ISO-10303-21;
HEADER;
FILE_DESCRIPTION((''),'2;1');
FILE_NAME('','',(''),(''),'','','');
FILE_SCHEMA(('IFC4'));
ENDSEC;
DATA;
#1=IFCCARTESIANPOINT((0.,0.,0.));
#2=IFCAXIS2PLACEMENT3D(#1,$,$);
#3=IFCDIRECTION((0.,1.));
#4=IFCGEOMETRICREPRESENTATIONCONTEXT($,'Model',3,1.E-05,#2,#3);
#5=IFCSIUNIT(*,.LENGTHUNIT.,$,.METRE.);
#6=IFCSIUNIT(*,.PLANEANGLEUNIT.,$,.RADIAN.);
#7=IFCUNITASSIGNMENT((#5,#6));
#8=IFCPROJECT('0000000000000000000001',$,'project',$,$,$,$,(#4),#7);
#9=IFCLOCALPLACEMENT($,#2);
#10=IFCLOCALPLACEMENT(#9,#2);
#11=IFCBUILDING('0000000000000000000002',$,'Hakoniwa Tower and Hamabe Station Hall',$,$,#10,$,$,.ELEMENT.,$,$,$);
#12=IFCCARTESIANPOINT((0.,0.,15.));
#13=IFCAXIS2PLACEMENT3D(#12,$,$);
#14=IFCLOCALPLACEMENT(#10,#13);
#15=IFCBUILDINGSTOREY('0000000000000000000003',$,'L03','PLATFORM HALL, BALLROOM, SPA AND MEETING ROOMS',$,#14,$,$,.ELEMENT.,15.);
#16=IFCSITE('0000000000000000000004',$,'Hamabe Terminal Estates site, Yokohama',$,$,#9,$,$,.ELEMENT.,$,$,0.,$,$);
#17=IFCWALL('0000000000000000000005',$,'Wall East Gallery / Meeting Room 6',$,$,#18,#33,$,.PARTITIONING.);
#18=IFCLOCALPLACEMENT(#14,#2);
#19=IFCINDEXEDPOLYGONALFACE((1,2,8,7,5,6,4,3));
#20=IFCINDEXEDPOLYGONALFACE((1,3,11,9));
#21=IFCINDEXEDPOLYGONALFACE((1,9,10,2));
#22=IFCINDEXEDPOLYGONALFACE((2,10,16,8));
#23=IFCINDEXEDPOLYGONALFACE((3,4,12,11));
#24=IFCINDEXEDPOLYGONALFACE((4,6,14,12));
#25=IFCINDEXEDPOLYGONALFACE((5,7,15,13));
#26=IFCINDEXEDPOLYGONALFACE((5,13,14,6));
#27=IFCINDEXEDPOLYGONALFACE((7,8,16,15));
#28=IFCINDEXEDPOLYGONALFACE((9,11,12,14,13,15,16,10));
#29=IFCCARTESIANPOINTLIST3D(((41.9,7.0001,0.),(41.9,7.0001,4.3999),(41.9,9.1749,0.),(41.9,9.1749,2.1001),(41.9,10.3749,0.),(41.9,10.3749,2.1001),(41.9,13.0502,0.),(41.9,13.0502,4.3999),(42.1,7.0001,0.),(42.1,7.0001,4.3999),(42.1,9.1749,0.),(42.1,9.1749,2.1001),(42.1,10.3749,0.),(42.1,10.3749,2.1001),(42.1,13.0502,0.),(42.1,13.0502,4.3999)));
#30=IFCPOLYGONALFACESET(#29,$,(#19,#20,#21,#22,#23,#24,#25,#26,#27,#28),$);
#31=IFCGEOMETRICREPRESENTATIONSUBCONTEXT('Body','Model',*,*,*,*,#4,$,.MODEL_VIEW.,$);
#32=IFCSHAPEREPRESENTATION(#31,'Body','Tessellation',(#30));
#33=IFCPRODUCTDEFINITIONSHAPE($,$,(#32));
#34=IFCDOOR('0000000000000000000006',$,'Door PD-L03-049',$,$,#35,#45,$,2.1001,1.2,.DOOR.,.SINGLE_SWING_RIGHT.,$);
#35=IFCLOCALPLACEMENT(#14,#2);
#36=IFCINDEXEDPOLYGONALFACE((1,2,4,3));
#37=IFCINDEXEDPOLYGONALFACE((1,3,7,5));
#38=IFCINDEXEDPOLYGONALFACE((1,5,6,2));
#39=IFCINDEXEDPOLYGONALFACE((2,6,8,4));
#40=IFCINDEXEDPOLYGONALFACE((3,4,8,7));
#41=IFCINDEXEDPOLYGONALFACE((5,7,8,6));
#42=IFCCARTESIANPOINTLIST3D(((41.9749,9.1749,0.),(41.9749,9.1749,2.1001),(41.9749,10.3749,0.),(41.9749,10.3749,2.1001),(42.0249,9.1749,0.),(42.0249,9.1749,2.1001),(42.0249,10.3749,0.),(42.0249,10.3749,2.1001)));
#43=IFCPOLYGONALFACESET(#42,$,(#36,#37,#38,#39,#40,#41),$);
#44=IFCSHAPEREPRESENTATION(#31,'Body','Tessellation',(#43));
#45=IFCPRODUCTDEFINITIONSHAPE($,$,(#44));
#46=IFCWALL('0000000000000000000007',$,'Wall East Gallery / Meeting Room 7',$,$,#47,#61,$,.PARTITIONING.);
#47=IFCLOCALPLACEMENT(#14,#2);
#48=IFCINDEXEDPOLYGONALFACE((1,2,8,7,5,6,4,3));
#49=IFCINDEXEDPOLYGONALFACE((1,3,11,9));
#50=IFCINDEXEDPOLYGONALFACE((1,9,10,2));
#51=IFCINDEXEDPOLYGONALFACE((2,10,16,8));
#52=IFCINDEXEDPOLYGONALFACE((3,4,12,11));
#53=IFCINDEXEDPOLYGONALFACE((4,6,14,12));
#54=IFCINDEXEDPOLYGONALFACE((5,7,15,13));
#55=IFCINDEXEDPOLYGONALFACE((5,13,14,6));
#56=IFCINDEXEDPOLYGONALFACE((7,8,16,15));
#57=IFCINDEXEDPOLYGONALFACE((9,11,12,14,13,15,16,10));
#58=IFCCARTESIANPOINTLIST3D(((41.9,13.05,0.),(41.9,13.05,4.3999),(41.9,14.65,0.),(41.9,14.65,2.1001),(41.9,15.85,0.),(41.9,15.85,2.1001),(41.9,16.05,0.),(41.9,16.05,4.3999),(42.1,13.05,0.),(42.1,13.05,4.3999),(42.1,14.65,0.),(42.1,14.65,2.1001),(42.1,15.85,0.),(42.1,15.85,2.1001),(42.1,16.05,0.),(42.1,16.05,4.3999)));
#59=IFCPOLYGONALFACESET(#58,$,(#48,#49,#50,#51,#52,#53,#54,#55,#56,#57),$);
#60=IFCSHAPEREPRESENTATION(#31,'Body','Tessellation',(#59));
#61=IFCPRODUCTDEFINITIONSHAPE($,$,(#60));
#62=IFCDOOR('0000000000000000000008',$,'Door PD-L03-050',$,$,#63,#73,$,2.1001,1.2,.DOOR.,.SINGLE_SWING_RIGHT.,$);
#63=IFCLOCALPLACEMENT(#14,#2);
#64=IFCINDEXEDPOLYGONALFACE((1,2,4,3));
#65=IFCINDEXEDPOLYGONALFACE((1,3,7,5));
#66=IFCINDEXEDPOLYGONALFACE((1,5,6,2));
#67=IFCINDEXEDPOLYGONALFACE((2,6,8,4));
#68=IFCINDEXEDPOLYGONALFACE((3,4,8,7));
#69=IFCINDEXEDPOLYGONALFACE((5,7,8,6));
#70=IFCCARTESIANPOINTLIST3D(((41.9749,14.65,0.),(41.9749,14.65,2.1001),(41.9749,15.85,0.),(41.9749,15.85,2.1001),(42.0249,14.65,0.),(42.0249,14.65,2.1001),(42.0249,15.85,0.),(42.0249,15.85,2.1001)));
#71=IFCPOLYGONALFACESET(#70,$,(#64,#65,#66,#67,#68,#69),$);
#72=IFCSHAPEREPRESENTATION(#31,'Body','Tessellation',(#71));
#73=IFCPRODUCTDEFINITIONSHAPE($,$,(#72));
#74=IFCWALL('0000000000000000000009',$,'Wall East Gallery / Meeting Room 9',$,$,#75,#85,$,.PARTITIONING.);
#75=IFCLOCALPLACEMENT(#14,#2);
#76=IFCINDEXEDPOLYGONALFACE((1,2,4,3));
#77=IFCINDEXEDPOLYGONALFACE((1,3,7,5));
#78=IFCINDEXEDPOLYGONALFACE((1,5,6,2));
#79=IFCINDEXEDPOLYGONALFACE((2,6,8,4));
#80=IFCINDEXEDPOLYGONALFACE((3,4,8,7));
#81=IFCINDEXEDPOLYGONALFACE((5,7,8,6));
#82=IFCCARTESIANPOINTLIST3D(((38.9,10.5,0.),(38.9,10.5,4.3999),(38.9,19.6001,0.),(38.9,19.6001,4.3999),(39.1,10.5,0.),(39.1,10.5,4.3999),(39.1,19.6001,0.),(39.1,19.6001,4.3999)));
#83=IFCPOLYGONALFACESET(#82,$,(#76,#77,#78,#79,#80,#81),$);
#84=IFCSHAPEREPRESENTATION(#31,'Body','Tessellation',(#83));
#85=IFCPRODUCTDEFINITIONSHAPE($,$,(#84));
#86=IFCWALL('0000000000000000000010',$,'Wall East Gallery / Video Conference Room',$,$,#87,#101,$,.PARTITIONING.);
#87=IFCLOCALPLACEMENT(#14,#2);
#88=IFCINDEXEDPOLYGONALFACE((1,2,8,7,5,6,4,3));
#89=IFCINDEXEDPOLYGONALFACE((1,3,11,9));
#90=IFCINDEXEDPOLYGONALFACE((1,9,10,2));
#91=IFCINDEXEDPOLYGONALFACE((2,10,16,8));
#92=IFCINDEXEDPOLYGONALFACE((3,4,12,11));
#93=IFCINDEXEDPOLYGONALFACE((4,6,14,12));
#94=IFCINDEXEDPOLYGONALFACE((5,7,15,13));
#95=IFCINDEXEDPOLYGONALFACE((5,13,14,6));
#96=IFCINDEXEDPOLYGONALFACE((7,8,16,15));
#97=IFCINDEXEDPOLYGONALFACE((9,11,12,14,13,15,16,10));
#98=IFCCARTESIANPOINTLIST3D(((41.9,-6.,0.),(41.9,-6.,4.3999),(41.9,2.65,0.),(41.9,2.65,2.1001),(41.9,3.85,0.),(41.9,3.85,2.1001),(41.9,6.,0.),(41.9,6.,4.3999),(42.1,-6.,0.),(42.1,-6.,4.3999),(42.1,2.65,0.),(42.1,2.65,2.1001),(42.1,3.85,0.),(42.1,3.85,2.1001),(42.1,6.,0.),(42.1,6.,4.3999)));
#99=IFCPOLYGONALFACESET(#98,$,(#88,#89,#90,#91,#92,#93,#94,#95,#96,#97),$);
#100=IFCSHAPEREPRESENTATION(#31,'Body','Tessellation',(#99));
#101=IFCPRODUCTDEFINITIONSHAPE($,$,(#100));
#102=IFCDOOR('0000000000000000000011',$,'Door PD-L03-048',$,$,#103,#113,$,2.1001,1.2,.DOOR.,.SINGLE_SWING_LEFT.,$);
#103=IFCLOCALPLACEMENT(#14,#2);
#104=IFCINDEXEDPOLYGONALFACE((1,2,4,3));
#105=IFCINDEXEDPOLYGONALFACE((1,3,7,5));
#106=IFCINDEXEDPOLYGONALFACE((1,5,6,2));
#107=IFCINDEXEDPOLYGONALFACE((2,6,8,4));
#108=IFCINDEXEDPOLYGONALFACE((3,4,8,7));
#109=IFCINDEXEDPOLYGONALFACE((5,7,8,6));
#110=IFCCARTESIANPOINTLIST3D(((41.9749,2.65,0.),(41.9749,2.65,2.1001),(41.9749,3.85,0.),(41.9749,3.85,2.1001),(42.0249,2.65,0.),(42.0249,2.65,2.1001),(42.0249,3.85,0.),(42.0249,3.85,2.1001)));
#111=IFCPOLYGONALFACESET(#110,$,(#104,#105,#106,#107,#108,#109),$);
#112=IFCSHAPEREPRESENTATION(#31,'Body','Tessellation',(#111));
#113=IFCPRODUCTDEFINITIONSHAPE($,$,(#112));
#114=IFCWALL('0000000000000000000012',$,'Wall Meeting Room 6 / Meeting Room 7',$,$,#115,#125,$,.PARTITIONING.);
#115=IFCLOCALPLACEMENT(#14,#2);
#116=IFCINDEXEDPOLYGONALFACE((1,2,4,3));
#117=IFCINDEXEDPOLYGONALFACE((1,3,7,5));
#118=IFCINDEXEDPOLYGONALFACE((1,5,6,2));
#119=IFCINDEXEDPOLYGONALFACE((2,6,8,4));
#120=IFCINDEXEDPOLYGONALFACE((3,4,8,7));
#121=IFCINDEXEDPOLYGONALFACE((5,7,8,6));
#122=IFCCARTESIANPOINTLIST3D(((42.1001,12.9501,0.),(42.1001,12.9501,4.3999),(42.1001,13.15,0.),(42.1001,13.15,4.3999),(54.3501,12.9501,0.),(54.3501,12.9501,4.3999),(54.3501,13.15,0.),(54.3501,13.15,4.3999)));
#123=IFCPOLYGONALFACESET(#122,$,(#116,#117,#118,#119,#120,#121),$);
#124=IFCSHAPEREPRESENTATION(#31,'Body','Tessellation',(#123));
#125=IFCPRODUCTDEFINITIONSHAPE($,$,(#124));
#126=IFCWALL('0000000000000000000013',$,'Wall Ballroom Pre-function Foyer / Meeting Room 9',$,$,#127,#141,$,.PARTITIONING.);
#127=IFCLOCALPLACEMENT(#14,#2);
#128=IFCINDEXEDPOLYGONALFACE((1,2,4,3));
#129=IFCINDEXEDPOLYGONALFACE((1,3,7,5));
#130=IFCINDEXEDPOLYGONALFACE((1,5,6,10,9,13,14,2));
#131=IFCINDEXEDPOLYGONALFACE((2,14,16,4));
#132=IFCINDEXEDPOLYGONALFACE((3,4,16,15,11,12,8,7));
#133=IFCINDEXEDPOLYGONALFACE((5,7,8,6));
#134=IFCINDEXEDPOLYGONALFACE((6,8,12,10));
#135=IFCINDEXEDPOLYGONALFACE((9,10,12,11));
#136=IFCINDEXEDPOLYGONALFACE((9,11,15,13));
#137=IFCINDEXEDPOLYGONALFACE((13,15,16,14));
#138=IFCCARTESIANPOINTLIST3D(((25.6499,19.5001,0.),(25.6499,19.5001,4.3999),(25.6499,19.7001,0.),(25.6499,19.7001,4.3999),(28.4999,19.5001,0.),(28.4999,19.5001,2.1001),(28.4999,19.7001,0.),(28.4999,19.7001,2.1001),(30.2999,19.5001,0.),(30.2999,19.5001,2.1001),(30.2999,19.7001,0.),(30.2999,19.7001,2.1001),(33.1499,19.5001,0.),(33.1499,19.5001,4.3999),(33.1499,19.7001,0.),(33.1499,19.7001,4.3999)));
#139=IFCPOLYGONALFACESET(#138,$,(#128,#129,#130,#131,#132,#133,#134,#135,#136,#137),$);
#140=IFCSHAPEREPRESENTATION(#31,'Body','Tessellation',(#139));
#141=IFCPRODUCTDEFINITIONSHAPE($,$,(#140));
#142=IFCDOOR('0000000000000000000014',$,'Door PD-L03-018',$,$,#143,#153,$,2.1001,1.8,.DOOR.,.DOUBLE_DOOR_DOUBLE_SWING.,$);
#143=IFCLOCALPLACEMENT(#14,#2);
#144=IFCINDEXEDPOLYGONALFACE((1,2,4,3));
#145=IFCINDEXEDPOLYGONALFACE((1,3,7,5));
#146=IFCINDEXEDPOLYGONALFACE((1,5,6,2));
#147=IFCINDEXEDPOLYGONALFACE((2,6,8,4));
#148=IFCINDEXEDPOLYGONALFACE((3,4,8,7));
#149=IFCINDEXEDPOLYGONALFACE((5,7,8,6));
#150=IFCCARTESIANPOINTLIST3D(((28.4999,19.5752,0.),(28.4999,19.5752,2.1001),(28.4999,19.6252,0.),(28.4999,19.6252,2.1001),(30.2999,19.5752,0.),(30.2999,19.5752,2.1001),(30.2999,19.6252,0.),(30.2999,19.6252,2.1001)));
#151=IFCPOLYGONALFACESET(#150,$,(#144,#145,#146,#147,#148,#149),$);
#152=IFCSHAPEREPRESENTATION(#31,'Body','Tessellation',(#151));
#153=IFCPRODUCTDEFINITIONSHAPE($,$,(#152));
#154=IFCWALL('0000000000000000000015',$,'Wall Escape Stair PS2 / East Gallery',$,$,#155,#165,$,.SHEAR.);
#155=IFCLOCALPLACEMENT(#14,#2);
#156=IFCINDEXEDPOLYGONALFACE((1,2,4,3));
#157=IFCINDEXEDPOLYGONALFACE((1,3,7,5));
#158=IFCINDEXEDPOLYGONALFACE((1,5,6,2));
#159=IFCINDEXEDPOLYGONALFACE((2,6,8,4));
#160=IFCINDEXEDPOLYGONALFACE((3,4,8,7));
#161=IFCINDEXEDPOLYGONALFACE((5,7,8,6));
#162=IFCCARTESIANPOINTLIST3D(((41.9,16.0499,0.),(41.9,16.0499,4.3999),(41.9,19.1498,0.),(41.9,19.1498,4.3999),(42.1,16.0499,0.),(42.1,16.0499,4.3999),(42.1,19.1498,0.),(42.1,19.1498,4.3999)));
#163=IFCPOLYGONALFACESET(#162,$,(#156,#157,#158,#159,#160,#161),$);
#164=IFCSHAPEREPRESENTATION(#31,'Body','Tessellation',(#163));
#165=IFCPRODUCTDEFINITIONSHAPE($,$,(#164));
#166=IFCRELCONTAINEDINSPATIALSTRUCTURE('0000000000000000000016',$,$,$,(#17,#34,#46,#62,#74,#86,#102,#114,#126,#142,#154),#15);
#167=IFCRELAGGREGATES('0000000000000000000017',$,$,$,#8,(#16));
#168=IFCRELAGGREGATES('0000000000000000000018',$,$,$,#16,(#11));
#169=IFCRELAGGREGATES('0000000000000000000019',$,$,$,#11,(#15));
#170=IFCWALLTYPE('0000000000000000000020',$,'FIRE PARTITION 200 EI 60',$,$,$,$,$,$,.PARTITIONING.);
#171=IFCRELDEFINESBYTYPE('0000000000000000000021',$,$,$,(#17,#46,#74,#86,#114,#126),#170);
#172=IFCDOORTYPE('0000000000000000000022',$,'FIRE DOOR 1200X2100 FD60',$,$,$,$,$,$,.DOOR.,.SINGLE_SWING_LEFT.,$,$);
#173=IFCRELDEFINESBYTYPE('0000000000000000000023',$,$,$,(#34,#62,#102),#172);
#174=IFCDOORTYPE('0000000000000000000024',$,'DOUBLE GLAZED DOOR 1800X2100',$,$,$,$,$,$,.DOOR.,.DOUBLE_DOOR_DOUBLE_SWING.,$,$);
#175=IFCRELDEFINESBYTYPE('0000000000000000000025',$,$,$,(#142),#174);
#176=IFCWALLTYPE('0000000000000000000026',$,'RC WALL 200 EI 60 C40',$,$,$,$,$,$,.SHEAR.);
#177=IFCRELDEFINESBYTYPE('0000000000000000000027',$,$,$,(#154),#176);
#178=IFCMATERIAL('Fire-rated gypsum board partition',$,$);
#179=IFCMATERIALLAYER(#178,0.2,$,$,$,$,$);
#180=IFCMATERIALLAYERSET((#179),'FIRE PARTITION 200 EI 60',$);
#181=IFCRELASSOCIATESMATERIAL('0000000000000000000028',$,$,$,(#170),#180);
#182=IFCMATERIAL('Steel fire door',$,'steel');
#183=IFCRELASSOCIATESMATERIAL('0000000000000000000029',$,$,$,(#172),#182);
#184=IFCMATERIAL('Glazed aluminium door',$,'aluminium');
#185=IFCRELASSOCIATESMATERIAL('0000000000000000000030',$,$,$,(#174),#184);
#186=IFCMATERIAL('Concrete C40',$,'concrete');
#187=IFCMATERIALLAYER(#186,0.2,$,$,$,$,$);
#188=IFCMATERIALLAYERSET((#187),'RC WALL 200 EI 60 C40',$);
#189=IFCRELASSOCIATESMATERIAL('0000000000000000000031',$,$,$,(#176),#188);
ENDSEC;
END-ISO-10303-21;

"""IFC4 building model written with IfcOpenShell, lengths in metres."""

from ifc_helpers import new_model, si_unit, direction, frame, frame_2d, origin, place, context, subcontext, project, spatial, rectangle, extrude, material, layer, layer_set, type_object, element, fill, save


model = new_model("IFC4")

# Units and contexts
model_context = context("Model", 3, precision=1e-05, world=origin(), true_north=direction((0.0, 1.0)))
body_context = subcontext(model_context, "Body", "Model", "MODEL_VIEW")
ifc_project = project(units=[si_unit("LENGTHUNIT", "METRE"), si_unit("PLANEANGLEUNIT", "RADIAN")], contexts=[model_context])

# Site, building, storey
site_placement = place(None, origin())
site = spatial("IfcSite", under=ifc_project, at=site_placement, Name="Hamabe Terminal Estates site, Yokohama", CompositionType="ELEMENT", RefElevation=0.0)
building_placement = place(site_placement, origin())
building = spatial("IfcBuilding", under=site, at=building_placement, Name="Hakoniwa Tower and Hamabe Station Hall", CompositionType="ELEMENT")
storey_placement = place(building_placement, frame((0.0, 0.0, 15.0)))
storey = spatial("IfcBuildingStorey", under=building, at=storey_placement, Name="L03", Description="PLATFORM HALL, BALLROOM, SPA AND MEETING ROOMS", CompositionType="ELEMENT", Elevation=15.0)

# Walls, openings, doors
ifc_material_1 = material(Name="Fire-rated gypsum board partition")
ifc_layer_1 = layer(ifc_material_1, 0.2)
ifc_layer_set_1 = layer_set([ifc_layer_1], Name="FIRE PARTITION 200 EI 60")
wall_type_1 = type_object("IfcWallType", Name="FIRE PARTITION 200 EI 60", PredefinedType="PARTITIONING", material=ifc_layer_set_1)
wall_1_placement = place(storey_placement, frame((42.0, 13.05, 0.0), z_axis=(0.0, 0.0, 1.0), x_axis=(0.0, -1.0, 0.0)))
wall_1 = element("IfcWall", 1, at=wall_1_placement, inside=storey, type_object=wall_type_1, Name="Wall East Gallery / Meeting Room 6", PredefinedType="PARTITIONING", context=body_context, shape_type="SweptSolid", body=[
    extrude(rectangle(XDim=6.05, YDim=0.2, at=frame_2d((3.0249, 0.0))), origin(), (0.0, 0.0, 1.0), 4.3999),
])
opening_1_placement = place(wall_1_placement, frame((2.675, 0.0, 0.0)))
opening_1 = element("IfcOpeningElement", 2, at=opening_1_placement, cuts=wall_1, PredefinedType="OPENING", context=body_context, shape_type="SweptSolid", body=[
    extrude(rectangle(XDim=1.2, YDim=2.1001, at=frame_2d((0.6001, 1.05))), frame((0.0, 0.1099, 0.0), z_axis=(0.0, -1.0, 0.0), x_axis=(1.0, 0.0, 0.0)), (0.0, 0.0, 1.0), 0.22),
])
ifc_material_2 = material(Name="Steel fire door", Category="steel")
door_type_1 = type_object("IfcDoorType", Name="FIRE DOOR 1200X2100 FD60", OperationType="SINGLE_SWING_LEFT", PredefinedType="DOOR", material=ifc_material_2)
door_1_placement = place(opening_1_placement, origin())
door_1 = element("IfcDoor", 3, at=door_1_placement, inside=storey, type_object=door_type_1, Name="Door PD-L03-049", OperationType="SINGLE_SWING_RIGHT", OverallHeight=2.1001, OverallWidth=1.2, PredefinedType="DOOR", context=body_context, shape_type="SweptSolid", body=[
    extrude(rectangle(XDim=1.2, YDim=2.1001, at=frame_2d((0.6001, 1.05))), frame((0.0, 0.0249, 0.0), z_axis=(0.0, -1.0, 0.0), x_axis=(1.0, 0.0, 0.0)), (0.0, 0.0, 1.0), 0.05),
])
fill(opening_1, door_1)
wall_2_placement = place(storey_placement, frame((42.0, 16.05, 0.0), z_axis=(0.0, 0.0, 1.0), x_axis=(0.0, -1.0, 0.0)))
wall_2 = element("IfcWall", 4, at=wall_2_placement, inside=storey, type_object=wall_type_1, Name="Wall East Gallery / Meeting Room 7", PredefinedType="PARTITIONING", context=body_context, shape_type="SweptSolid", body=[
    extrude(rectangle(XDim=3.0, YDim=0.2, at=frame_2d((1.5, 0.0))), origin(), (0.0, 0.0, 1.0), 4.3999),
])
opening_2_placement = place(wall_2_placement, frame((0.2, 0.0, 0.0)))
opening_2 = element("IfcOpeningElement", 5, at=opening_2_placement, cuts=wall_2, PredefinedType="OPENING", context=body_context, shape_type="SweptSolid", body=[
    extrude(rectangle(XDim=1.2, YDim=2.1001, at=frame_2d((0.6001, 1.05))), frame((0.0, 0.1099, 0.0), z_axis=(0.0, -1.0, 0.0), x_axis=(1.0, 0.0, 0.0)), (0.0, 0.0, 1.0), 0.22),
])
door_2_placement = place(opening_2_placement, origin())
door_2 = element("IfcDoor", 6, at=door_2_placement, inside=storey, type_object=door_type_1, Name="Door PD-L03-050", OperationType="SINGLE_SWING_RIGHT", OverallHeight=2.1001, OverallWidth=1.2, PredefinedType="DOOR", context=body_context, shape_type="SweptSolid", body=[
    extrude(rectangle(XDim=1.2, YDim=2.1001, at=frame_2d((0.6001, 1.05))), frame((0.0, 0.0249, 0.0), z_axis=(0.0, -1.0, 0.0), x_axis=(1.0, 0.0, 0.0)), (0.0, 0.0, 1.0), 0.05),
])
fill(opening_2, door_2)

# Wall
wall_3_placement = place(storey_placement, frame((39.0, 10.5, 0.0), z_axis=(0.0, 0.0, 1.0), x_axis=(0.0, 1.0, 0.0)))
element("IfcWall", 7, at=wall_3_placement, inside=storey, type_object=wall_type_1, Name="Wall East Gallery / Meeting Room 9", PredefinedType="PARTITIONING", context=body_context, shape_type="SweptSolid", body=[
    extrude(rectangle(XDim=9.1001, YDim=0.2, at=frame_2d((4.55, 0.0))), origin(), (0.0, 0.0, 1.0), 4.3999),
])

# Wall, opening, door
wall_4_placement = place(storey_placement, frame((42.0, 6.0, 0.0), z_axis=(0.0, 0.0, 1.0), x_axis=(0.0, -1.0, 0.0)))
wall_4 = element("IfcWall", 8, at=wall_4_placement, inside=storey, type_object=wall_type_1, Name="Wall East Gallery / Video Conference Room", PredefinedType="PARTITIONING", context=body_context, shape_type="SweptSolid", body=[
    extrude(rectangle(XDim=12.0, YDim=0.2, at=frame_2d((6.0, 0.0))), origin(), (0.0, 0.0, 1.0), 4.3999),
])
opening_3_placement = place(wall_4_placement, frame((2.1499, 0.0, 0.0)))
opening_3 = element("IfcOpeningElement", 9, at=opening_3_placement, cuts=wall_4, PredefinedType="OPENING", context=body_context, shape_type="SweptSolid", body=[
    extrude(rectangle(XDim=1.2, YDim=2.1001, at=frame_2d((0.6001, 1.05))), frame((0.0, 0.1099, 0.0), z_axis=(0.0, -1.0, 0.0), x_axis=(1.0, 0.0, 0.0)), (0.0, 0.0, 1.0), 0.22),
])
door_3_placement = place(opening_3_placement, origin())
door_3 = element("IfcDoor", 10, at=door_3_placement, inside=storey, type_object=door_type_1, Name="Door PD-L03-048", OperationType="SINGLE_SWING_LEFT", OverallHeight=2.1001, OverallWidth=1.2, PredefinedType="DOOR", context=body_context, shape_type="SweptSolid", body=[
    extrude(rectangle(XDim=1.2, YDim=2.1001, at=frame_2d((0.6001, 1.05))), frame((0.0, 0.0249, 0.0), z_axis=(0.0, -1.0, 0.0), x_axis=(1.0, 0.0, 0.0)), (0.0, 0.0, 1.0), 0.05),
])
fill(opening_3, door_3)

# Wall
wall_5_placement = place(storey_placement, frame((42.1001, 13.05, 0.0), z_axis=(0.0, 0.0, 1.0), x_axis=(1.0, 0.0, 0.0)))
element("IfcWall", 11, at=wall_5_placement, inside=storey, type_object=wall_type_1, Name="Wall Meeting Room 6 / Meeting Room 7", PredefinedType="PARTITIONING", context=body_context, shape_type="SweptSolid", body=[
    extrude(rectangle(XDim=12.25, YDim=0.2, at=frame_2d((6.125, 0.0))), origin(), (0.0, 0.0, 1.0), 4.3999),
])

# Wall, opening, door
wall_6_placement = place(storey_placement, frame((33.1499, 19.6001, 0.0), z_axis=(0.0, 0.0, 1.0), x_axis=(-1.0, 0.0, 0.0)))
wall_6 = element("IfcWall", 12, at=wall_6_placement, inside=storey, type_object=wall_type_1, Name="Wall Ballroom Pre-function Foyer / Meeting Room 9", PredefinedType="PARTITIONING", context=body_context, shape_type="SweptSolid", body=[
    extrude(rectangle(XDim=7.5, YDim=0.2, at=frame_2d((3.75, 0.0))), origin(), (0.0, 0.0, 1.0), 4.3999),
])
opening_4_placement = place(wall_6_placement, frame((2.8501, 0.0, 0.0)))
opening_4 = element("IfcOpeningElement", 13, at=opening_4_placement, cuts=wall_6, PredefinedType="OPENING", context=body_context, shape_type="SweptSolid", body=[
    extrude(rectangle(XDim=1.8, YDim=2.1001, at=frame_2d((0.8999, 1.05))), frame((0.0, 0.1099, 0.0), z_axis=(0.0, -1.0, 0.0), x_axis=(1.0, 0.0, 0.0)), (0.0, 0.0, 1.0), 0.22),
])
ifc_material_3 = material(Name="Glazed aluminium door", Category="aluminium")
door_type_2 = type_object("IfcDoorType", Name="DOUBLE GLAZED DOOR 1800X2100", OperationType="DOUBLE_DOOR_DOUBLE_SWING", PredefinedType="DOOR", material=ifc_material_3)
door_4_placement = place(opening_4_placement, origin())
door_4 = element("IfcDoor", 14, at=door_4_placement, inside=storey, type_object=door_type_2, Name="Door PD-L03-018", OperationType="DOUBLE_DOOR_DOUBLE_SWING", OverallHeight=2.1001, OverallWidth=1.8, PredefinedType="DOOR", context=body_context, shape_type="SweptSolid", body=[
    extrude(rectangle(XDim=1.8, YDim=2.1001, at=frame_2d((0.8999, 1.05))), frame((0.0, 0.0249, 0.0), z_axis=(0.0, -1.0, 0.0), x_axis=(1.0, 0.0, 0.0)), (0.0, 0.0, 1.0), 0.05),
])
fill(opening_4, door_4)

# Wall
ifc_material_4 = material(Name="Concrete C40", Category="concrete")
ifc_layer_2 = layer(ifc_material_4, 0.2)
ifc_layer_set_2 = layer_set([ifc_layer_2], Name="RC WALL 200 EI 60 C40")
wall_type_2 = type_object("IfcWallType", Name="RC WALL 200 EI 60 C40", PredefinedType="SHEAR", material=ifc_layer_set_2)
wall_7_placement = place(storey_placement, frame((42.0, 16.05, 0.0), z_axis=(0.0, 0.0, 1.0), x_axis=(0.0, 1.0, 0.0)))
element("IfcWall", 15, at=wall_7_placement, inside=storey, type_object=wall_type_2, Name="Wall Escape Stair PS2 / East Gallery", PredefinedType="SHEAR", context=body_context, shape_type="SweptSolid", body=[
    extrude(rectangle(XDim=3.0999, YDim=0.2, at=frame_2d((1.5498, 0.0))), origin(), (0.0, 0.0, 1.0), 4.3999),
])

save(model, "model.ifc")
